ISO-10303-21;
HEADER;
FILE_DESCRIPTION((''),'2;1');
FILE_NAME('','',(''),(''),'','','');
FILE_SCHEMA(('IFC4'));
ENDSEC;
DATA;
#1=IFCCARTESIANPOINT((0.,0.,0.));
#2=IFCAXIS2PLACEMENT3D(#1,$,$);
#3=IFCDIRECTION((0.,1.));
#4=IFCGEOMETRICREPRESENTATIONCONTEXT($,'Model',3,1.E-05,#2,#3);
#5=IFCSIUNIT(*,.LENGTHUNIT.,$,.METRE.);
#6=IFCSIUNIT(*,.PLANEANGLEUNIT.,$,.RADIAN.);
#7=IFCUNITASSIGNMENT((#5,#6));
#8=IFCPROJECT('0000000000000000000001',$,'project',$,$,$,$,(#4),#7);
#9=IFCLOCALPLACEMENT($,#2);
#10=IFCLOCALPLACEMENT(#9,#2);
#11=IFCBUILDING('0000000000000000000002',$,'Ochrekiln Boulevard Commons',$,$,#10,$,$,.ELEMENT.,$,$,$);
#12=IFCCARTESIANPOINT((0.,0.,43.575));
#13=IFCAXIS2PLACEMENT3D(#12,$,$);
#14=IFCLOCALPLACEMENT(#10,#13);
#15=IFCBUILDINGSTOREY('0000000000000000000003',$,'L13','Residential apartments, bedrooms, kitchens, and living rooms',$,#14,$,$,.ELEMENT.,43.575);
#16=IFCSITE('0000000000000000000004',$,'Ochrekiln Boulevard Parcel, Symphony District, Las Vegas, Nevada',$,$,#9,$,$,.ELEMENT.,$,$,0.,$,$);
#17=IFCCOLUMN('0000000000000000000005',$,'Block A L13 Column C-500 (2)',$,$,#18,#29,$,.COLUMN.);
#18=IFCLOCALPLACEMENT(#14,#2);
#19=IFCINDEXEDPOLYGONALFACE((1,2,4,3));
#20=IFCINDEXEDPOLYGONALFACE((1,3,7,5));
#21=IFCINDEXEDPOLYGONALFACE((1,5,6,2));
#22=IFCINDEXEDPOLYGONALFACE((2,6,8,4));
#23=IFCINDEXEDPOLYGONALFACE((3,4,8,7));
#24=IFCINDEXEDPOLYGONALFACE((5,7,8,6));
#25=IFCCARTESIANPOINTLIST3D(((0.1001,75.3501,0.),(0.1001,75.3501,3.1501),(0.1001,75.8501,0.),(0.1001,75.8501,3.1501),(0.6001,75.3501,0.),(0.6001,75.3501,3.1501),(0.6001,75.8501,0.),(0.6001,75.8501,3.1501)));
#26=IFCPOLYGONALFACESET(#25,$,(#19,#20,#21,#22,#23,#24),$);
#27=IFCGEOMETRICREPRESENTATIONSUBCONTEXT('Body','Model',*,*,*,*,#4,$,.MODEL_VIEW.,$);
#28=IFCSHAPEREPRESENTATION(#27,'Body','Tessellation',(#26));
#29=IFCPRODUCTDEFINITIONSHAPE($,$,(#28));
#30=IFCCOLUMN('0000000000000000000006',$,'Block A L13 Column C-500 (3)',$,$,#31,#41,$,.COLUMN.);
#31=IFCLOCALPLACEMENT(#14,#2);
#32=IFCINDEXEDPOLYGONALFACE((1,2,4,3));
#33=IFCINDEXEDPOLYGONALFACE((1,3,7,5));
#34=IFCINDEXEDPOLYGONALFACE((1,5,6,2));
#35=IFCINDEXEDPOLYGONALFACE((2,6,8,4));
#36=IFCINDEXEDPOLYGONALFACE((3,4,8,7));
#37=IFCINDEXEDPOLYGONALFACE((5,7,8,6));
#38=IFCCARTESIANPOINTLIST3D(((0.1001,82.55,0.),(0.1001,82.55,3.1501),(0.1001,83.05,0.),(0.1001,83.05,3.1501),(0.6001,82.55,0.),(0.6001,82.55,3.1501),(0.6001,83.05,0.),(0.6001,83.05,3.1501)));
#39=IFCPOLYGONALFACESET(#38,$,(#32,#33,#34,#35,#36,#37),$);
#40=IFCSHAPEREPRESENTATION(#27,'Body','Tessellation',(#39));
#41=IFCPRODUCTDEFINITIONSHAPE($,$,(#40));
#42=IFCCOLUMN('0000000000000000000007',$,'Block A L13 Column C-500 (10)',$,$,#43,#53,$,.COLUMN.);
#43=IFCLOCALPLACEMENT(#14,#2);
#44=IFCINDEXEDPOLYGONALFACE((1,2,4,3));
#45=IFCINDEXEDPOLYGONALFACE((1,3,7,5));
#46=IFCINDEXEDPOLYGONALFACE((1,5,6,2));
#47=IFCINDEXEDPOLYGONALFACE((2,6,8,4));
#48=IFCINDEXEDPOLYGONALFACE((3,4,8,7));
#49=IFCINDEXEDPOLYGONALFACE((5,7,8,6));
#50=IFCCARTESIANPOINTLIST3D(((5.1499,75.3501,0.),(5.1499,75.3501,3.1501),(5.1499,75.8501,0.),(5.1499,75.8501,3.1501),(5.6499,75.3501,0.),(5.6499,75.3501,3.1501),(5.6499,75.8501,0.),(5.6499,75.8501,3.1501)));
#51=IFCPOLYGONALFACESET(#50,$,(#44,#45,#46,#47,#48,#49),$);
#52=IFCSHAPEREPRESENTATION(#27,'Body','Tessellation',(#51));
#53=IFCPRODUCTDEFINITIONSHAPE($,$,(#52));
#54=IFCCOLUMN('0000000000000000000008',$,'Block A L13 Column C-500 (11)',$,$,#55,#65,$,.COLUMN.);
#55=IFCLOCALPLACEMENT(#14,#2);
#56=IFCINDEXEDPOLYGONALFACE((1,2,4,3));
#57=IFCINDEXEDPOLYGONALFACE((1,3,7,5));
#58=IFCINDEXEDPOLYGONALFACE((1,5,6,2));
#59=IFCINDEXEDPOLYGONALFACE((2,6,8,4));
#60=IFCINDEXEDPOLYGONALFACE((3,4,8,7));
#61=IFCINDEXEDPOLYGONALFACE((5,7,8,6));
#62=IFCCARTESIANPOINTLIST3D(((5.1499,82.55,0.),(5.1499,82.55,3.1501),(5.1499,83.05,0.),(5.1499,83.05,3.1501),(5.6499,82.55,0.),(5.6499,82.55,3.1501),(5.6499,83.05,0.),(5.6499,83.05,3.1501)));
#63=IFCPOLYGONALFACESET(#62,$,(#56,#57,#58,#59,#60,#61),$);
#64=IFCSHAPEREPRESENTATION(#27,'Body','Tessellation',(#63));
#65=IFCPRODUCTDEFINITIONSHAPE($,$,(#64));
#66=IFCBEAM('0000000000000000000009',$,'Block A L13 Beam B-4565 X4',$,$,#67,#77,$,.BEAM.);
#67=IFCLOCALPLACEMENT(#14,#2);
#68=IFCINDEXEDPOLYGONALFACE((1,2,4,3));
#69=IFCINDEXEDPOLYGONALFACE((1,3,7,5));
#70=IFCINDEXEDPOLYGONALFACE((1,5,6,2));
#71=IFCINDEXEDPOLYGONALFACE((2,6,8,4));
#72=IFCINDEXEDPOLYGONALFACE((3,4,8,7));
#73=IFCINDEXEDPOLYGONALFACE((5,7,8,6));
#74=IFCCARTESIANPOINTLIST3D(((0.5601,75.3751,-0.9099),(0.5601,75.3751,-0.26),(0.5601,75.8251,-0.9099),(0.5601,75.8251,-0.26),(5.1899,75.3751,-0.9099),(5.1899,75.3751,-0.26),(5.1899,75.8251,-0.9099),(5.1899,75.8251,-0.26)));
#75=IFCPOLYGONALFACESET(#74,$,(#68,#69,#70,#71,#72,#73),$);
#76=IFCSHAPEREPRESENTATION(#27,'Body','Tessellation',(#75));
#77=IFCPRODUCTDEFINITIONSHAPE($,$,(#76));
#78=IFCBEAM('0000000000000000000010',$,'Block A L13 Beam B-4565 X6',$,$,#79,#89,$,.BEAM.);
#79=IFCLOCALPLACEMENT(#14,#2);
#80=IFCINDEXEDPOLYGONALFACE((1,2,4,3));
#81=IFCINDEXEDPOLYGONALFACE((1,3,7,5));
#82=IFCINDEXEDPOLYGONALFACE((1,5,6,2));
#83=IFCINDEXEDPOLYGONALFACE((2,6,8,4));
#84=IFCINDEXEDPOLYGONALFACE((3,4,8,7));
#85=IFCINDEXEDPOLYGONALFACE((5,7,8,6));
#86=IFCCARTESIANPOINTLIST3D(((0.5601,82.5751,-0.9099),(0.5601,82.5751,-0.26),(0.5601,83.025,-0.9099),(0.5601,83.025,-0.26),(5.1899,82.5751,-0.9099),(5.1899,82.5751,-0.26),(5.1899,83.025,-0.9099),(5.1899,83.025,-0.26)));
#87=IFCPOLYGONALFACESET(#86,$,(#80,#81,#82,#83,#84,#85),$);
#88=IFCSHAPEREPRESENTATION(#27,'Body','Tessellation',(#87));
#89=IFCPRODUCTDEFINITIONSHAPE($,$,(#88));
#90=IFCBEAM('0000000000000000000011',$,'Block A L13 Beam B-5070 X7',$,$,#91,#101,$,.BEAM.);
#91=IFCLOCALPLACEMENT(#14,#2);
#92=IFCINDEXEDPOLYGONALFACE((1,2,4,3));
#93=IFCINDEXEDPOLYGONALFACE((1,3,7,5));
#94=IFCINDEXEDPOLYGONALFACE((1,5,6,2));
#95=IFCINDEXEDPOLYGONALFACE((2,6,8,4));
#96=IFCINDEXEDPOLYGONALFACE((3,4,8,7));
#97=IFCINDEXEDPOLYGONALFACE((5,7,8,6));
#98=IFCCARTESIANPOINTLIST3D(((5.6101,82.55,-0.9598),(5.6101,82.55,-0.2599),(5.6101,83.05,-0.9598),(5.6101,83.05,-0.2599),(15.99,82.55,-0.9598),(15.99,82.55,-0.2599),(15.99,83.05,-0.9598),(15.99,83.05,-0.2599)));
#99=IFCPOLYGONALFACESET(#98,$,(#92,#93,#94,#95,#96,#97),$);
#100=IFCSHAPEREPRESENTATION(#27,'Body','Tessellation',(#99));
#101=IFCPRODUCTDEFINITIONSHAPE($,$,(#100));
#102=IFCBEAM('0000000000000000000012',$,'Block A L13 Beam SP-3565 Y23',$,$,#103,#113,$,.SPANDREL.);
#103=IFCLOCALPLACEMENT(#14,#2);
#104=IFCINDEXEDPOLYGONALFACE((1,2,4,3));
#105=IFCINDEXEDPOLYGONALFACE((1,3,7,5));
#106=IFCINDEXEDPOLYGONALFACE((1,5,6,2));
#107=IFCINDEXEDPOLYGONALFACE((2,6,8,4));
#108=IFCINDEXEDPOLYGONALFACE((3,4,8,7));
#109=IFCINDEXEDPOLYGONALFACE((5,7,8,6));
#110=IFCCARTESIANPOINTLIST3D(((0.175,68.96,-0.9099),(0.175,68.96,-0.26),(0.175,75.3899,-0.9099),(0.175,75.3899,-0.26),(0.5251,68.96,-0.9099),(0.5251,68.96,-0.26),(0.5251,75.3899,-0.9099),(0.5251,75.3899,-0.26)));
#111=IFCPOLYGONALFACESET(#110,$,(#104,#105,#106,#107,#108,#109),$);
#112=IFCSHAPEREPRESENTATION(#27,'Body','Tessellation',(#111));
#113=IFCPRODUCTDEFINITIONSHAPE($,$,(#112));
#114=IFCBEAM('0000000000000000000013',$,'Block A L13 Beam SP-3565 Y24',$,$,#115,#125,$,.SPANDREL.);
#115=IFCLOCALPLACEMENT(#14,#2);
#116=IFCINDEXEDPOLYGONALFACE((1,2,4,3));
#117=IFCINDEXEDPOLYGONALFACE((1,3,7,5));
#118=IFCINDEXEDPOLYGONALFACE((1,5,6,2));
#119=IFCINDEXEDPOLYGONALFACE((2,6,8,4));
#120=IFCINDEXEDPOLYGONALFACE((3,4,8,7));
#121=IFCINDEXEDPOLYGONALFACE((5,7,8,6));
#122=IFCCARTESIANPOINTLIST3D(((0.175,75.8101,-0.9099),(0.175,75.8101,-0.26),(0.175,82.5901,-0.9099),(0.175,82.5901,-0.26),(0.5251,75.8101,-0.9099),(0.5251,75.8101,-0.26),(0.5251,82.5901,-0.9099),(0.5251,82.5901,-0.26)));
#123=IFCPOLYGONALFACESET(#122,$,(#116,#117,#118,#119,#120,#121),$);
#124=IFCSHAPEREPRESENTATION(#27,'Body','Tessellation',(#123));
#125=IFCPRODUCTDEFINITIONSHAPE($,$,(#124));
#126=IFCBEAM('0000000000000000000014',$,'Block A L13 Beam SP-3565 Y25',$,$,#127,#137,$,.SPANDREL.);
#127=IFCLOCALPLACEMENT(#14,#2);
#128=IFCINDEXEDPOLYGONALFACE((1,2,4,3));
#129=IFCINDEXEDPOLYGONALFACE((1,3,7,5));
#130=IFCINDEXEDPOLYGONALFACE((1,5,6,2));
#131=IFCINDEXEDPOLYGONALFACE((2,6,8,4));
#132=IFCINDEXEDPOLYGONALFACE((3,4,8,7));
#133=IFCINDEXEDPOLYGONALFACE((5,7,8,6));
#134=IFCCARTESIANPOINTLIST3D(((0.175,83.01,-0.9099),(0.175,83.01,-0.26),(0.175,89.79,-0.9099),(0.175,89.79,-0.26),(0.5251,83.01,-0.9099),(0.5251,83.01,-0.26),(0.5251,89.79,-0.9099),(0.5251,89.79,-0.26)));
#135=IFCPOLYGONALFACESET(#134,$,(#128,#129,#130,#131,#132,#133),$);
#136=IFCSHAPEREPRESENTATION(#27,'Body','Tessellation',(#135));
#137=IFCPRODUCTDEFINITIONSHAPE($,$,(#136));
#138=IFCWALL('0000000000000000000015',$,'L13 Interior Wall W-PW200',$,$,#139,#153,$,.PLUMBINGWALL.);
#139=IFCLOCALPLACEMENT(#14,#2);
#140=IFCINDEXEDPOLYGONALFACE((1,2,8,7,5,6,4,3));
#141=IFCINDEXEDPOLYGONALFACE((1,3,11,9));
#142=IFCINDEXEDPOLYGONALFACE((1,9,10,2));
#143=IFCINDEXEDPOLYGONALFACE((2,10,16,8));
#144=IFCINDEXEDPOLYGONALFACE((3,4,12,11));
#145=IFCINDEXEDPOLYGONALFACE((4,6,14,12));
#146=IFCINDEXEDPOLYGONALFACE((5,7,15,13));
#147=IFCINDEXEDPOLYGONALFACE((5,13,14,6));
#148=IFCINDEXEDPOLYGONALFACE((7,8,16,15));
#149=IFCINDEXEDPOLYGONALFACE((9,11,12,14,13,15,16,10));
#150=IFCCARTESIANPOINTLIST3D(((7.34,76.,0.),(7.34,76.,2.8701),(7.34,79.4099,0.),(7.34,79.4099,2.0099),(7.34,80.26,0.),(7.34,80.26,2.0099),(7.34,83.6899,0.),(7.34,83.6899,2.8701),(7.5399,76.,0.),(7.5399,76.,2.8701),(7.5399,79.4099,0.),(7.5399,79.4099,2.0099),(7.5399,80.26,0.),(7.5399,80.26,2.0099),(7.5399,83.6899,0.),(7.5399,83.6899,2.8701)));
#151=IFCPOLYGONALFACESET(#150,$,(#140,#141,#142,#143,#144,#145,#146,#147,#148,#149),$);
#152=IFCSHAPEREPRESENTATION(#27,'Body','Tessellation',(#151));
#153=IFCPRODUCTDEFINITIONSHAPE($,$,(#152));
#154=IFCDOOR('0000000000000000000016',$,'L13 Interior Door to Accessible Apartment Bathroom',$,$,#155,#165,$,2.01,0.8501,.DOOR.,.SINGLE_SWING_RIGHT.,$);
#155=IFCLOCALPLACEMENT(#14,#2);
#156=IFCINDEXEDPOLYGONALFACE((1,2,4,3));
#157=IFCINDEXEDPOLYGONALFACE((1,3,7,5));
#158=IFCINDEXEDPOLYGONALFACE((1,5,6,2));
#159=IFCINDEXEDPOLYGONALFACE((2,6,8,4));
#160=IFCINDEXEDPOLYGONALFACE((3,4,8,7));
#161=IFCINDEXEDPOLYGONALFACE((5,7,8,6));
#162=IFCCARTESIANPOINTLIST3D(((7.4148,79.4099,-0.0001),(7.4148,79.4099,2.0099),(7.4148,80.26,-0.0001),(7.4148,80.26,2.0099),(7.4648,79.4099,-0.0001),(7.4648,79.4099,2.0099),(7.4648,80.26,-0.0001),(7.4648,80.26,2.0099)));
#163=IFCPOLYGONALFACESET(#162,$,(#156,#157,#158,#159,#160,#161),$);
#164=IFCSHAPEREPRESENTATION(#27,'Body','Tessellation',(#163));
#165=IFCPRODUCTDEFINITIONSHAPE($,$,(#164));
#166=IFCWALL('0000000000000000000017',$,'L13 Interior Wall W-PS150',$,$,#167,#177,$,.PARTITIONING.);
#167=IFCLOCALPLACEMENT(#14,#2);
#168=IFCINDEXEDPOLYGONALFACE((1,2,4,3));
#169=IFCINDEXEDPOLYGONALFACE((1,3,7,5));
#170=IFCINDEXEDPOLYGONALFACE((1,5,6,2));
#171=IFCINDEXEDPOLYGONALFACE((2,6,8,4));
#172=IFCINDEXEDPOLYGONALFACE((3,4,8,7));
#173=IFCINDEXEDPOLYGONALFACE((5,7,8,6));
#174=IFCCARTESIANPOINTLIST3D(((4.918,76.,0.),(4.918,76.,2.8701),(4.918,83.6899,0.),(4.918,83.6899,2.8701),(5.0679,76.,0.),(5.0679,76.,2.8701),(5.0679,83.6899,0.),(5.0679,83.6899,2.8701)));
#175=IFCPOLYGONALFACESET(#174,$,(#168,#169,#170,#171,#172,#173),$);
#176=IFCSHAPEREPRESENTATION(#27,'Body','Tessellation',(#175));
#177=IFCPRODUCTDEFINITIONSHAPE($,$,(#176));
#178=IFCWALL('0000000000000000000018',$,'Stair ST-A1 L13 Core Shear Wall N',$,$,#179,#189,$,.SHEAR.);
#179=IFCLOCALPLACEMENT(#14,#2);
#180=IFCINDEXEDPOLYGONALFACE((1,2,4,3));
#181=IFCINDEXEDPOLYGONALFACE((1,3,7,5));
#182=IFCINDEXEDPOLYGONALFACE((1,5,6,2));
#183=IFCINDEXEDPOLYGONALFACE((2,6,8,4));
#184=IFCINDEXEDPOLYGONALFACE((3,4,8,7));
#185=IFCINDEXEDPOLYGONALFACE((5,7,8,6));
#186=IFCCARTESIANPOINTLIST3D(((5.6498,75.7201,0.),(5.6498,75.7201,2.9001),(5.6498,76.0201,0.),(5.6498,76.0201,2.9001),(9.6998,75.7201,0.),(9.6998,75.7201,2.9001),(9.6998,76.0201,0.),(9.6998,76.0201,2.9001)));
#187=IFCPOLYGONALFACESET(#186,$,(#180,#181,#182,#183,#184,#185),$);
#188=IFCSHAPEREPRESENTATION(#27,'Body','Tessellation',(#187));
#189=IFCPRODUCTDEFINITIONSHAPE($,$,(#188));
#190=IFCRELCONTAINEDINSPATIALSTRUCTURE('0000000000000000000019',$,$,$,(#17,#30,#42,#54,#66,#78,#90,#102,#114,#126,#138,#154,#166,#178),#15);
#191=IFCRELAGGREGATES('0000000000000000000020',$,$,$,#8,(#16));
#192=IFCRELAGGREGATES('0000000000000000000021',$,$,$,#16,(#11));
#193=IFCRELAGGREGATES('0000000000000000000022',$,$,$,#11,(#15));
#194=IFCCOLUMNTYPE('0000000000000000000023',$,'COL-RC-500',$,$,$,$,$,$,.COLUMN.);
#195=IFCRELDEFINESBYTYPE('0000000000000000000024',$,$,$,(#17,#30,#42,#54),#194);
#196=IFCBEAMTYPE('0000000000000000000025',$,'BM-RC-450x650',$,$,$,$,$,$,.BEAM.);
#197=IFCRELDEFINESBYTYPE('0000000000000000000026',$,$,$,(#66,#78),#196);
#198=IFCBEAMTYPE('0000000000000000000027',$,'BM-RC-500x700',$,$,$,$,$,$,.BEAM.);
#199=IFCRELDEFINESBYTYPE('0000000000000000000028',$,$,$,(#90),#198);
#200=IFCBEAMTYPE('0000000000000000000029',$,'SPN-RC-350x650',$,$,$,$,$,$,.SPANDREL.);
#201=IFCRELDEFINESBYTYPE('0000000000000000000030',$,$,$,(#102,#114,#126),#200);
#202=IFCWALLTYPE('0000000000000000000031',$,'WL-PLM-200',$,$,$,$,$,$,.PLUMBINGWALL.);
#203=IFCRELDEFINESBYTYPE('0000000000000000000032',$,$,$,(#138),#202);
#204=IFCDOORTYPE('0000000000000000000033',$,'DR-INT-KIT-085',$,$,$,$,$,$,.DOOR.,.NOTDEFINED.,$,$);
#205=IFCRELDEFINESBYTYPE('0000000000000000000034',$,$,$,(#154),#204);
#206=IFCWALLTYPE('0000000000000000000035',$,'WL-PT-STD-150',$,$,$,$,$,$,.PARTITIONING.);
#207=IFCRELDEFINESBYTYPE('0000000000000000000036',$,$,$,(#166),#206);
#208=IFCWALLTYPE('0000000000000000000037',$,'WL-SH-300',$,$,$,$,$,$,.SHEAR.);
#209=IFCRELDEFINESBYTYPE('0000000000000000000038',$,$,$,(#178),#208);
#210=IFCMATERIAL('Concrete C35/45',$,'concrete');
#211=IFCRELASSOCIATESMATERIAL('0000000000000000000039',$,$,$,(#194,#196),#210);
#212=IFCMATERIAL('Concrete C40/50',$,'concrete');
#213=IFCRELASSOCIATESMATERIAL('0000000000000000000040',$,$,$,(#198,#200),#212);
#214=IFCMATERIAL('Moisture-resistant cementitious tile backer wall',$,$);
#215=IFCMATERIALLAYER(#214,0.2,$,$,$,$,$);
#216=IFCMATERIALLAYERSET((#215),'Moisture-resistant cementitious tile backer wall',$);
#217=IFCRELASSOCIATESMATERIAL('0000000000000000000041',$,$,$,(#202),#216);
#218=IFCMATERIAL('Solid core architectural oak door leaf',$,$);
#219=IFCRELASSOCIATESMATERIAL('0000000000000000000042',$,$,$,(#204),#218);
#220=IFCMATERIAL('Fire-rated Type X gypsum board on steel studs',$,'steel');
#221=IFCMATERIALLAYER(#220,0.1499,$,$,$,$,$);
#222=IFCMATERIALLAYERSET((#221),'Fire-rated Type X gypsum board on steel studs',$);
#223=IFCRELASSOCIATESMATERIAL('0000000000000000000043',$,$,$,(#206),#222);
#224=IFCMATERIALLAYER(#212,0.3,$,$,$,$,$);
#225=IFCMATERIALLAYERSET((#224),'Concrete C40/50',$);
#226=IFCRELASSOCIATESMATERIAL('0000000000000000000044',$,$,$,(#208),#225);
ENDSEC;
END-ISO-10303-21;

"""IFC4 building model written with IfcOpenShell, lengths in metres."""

from ifc_helpers import new_model, si_unit, direction, frame, frame_2d, origin, origin_2d, place, context, subcontext, project, spatial, rectangle, extrude, material, layer, layer_set, material_profile, profile_set, type_object, element, fill, save


model = new_model("IFC4")

# Units and contexts
model_context = context("Model", 3, precision=1e-05, world=origin(), true_north=direction((0.0, 1.0)))
body_context = subcontext(model_context, "Body", "Model", "MODEL_VIEW")
ifc_project = project(units=[si_unit("LENGTHUNIT", "METRE"), si_unit("PLANEANGLEUNIT", "RADIAN")], contexts=[model_context])

# Site, building, storey
site_placement = place(None, origin())
site = spatial("IfcSite", under=ifc_project, at=site_placement, Name="Ochrekiln Boulevard Parcel, Symphony District, Las Vegas, Nevada", CompositionType="ELEMENT", RefElevation=0.0)
building_placement = place(site_placement, origin())
building = spatial("IfcBuilding", under=site, at=building_placement, Name="Ochrekiln Boulevard Commons", CompositionType="ELEMENT")
storey_placement = place(building_placement, frame((0.0, 0.0, 43.575)))
storey = spatial("IfcBuildingStorey", under=building, at=storey_placement, Name="L13", Description="Residential apartments, bedrooms, kitchens, and living rooms", CompositionType="ELEMENT", Elevation=43.575)

# Columns
ifc_material_1 = material(Name="Concrete C35/45", Category="concrete")
ifc_material_profile_1 = material_profile(ifc_material_1, rectangle(XDim=0.5, YDim=0.5, at=origin_2d()), Name="RC-COL-500x500")
ifc_profile_set_1 = profile_set([ifc_material_profile_1], Name="Concrete C35/45")
column_type = type_object("IfcColumnType", Name="COL-RC-500", PredefinedType="COLUMN", material=ifc_profile_set_1)
for number, where, z_axis, x_axis, name in (
    (1, (0.3501, 75.6001, 0.0), (0.0, 0.0, 1.0), (1.0, 0.0, 0.0), "Block A L13 Column C-500 (2)"),
    (2, (0.3501, 82.8, 0.0), (0.0, 0.0, 1.0), (1.0, 0.0, 0.0), "Block A L13 Column C-500 (3)"),
    (3, (5.3999, 75.6001, 0.0), (0.0, 0.0, 1.0), (1.0, 0.0, 0.0), "Block A L13 Column C-500 (10)"),
    (4, (5.3999, 82.8, 0.0), (0.0, 0.0, 1.0), (1.0, 0.0, 0.0), "Block A L13 Column C-500 (11)"),
):
    element("IfcColumn", number, at=place(storey_placement, frame(where, z_axis=z_axis, x_axis=x_axis)), inside=storey, type_object=column_type, Name=name, PredefinedType="COLUMN", context=body_context, shape_type="SweptSolid", body=[
        extrude(rectangle(XDim=0.5, YDim=0.5, at=origin_2d()), origin(), (0.0, 0.0, 1.0), 3.1501),
    ])

# Beams
ifc_material_profile_2 = material_profile(ifc_material_1, rectangle(XDim=0.45, YDim=0.6499, at=origin_2d()), Name="RC-BM-450x650")
ifc_profile_set_2 = profile_set([ifc_material_profile_2], Name="Concrete C35/45")
beam_type_1 = type_object("IfcBeamType", Name="BM-RC-450x650", PredefinedType="BEAM", material=ifc_profile_set_2)
for number, where, z_axis, x_axis, name in (
    (5, (0.5601, 75.6001, -0.585), (1.0, 0.0, 0.0), (0.0, 1.0, 0.0), "Block A L13 Beam B-4565 X4"),
    (6, (0.5601, 82.8, -0.585), (1.0, 0.0, 0.0), (0.0, 1.0, 0.0), "Block A L13 Beam B-4565 X6"),
):
    element("IfcBeam", number, at=place(storey_placement, frame(where, z_axis=z_axis, x_axis=x_axis)), inside=storey, type_object=beam_type_1, Name=name, PredefinedType="BEAM", context=body_context, shape_type="SweptSolid", body=[
        extrude(rectangle(XDim=0.45, YDim=0.6499, at=origin_2d()), origin(), (0.0, 0.0, 1.0), 4.6299),
    ])
ifc_material_2 = material(Name="Concrete C40/50", Category="concrete")
ifc_material_profile_3 = material_profile(ifc_material_2, rectangle(XDim=0.5, YDim=0.7, at=origin_2d()), Name="RC-BM-500x700")
ifc_profile_set_3 = profile_set([ifc_material_profile_3], Name="Concrete C40/50")
beam_type_2 = type_object("IfcBeamType", Name="BM-RC-500x700", PredefinedType="BEAM", material=ifc_profile_set_3)
beam_1_placement = place(storey_placement, frame((5.6101, 82.8, -0.6099), z_axis=(1.0, 0.0, 0.0), x_axis=(0.0, 1.0, 0.0)))
element("IfcBeam", 7, at=beam_1_placement, inside=storey, type_object=beam_type_2, Name="Block A L13 Beam B-5070 X7", PredefinedType="BEAM", context=body_context, shape_type="SweptSolid", body=[
    extrude(rectangle(XDim=0.5, YDim=0.7, at=origin_2d()), origin(), (0.0, 0.0, 1.0), 10.3799),
])
ifc_material_profile_4 = material_profile(ifc_material_2, rectangle(XDim=0.3501, YDim=0.6499, at=origin_2d()), Name="RC-SPN-350x650")
ifc_profile_set_4 = profile_set([ifc_material_profile_4], Name="Concrete C40/50")
beam_type_3 = type_object("IfcBeamType", Name="SPN-RC-350x650", PredefinedType="SPANDREL", material=ifc_profile_set_4)
beam_2_placement = place(storey_placement, frame((0.3501, 68.96, -0.585), z_axis=(0.0, 1.0, 0.0), x_axis=(-1.0, 0.0, 0.0)))
element("IfcBeam", 8, at=beam_2_placement, inside=storey, type_object=beam_type_3, Name="Block A L13 Beam SP-3565 Y23", PredefinedType="SPANDREL", context=body_context, shape_type="SweptSolid", body=[
    extrude(rectangle(XDim=0.3501, YDim=0.6499, at=origin_2d()), origin(), (0.0, 0.0, 1.0), 6.4299),
])
for number, where, z_axis, x_axis, name in (
    (9, (0.3501, 75.8101, -0.585), (0.0, 1.0, 0.0), (-1.0, 0.0, 0.0), "Block A L13 Beam SP-3565 Y24"),
    (10, (0.3501, 83.01, -0.585), (0.0, 1.0, 0.0), (-1.0, 0.0, 0.0), "Block A L13 Beam SP-3565 Y25"),
):
    element("IfcBeam", number, at=place(storey_placement, frame(where, z_axis=z_axis, x_axis=x_axis)), inside=storey, type_object=beam_type_3, Name=name, PredefinedType="SPANDREL", context=body_context, shape_type="SweptSolid", body=[
        extrude(rectangle(XDim=0.3501, YDim=0.6499, at=origin_2d()), origin(), (0.0, 0.0, 1.0), 6.78),
    ])

# Wall, opening, door
ifc_material_3 = material(Name="Moisture-resistant cementitious tile backer wall")
ifc_layer_1 = layer(ifc_material_3, 0.2)
ifc_layer_set_1 = layer_set([ifc_layer_1], Name="Moisture-resistant cementitious tile backer wall")
wall_type_1 = type_object("IfcWallType", Name="WL-PLM-200", PredefinedType="PLUMBINGWALL", material=ifc_layer_set_1)
wall_1_placement = place(storey_placement, frame((7.4399, 76.0, 0.0), z_axis=(0.0, 0.0, 1.0), x_axis=(0.0, 1.0, 0.0)))
wall_1 = element("IfcWall", 11, at=wall_1_placement, inside=storey, type_object=wall_type_1, Name="L13 Interior Wall W-PW200", PredefinedType="PLUMBINGWALL", context=body_context, shape_type="SweptSolid", body=[
    extrude(rectangle(XDim=7.6899, YDim=0.2, at=frame_2d((3.845, 0.0))), origin(), (0.0, 0.0, 1.0), 2.8701),
])
opening_placement = place(wall_1_placement, frame((3.4099, 0.0, 0.0)))
opening = element("IfcOpeningElement", 12, at=opening_placement, cuts=wall_1, PredefinedType="OPENING", context=body_context, shape_type="SweptSolid", body=[
    extrude(rectangle(XDim=0.8501, YDim=2.01, at=frame_2d((0.425, 1.0049))), frame((0.0, 0.1099, 0.0), z_axis=(0.0, -1.0, 0.0), x_axis=(1.0, 0.0, 0.0)), (0.0, 0.0, 1.0), 0.22),
])
ifc_material_4 = material(Name="Solid core architectural oak door leaf")
door_type = type_object("IfcDoorType", Name="DR-INT-KIT-085", OperationType="NOTDEFINED", PredefinedType="DOOR", material=ifc_material_4)
door_placement = place(opening_placement, frame((0.8501, 0.0, 0.0), z_axis=(0.0, 0.0, 1.0), x_axis=(-1.0, 0.0, 0.0)))
door = element("IfcDoor", 13, at=door_placement, inside=storey, type_object=door_type, Name="L13 Interior Door to Accessible Apartment Bathroom", OperationType="SINGLE_SWING_RIGHT", OverallHeight=2.01, OverallWidth=0.8501, PredefinedType="DOOR", context=body_context, shape_type="SweptSolid", body=[
    extrude(rectangle(XDim=0.8501, YDim=2.01, at=frame_2d((0.425, 1.0049))), frame((0.0, 0.0249, 0.0), z_axis=(0.0, -1.0, 0.0), x_axis=(1.0, 0.0, 0.0)), (0.0, 0.0, 1.0), 0.05),
])
fill(opening, door)

# Walls
ifc_material_5 = material(Name="Fire-rated Type X gypsum board on steel studs", Category="steel")
ifc_layer_2 = layer(ifc_material_5, 0.1499)
ifc_layer_set_2 = layer_set([ifc_layer_2], Name="Fire-rated Type X gypsum board on steel studs")
wall_type_2 = type_object("IfcWallType", Name="WL-PT-STD-150", PredefinedType="PARTITIONING", material=ifc_layer_set_2)
wall_2_placement = place(storey_placement, frame((4.9929, 76.0, 0.0), z_axis=(0.0, 0.0, 1.0), x_axis=(0.0, 1.0, 0.0)))
element("IfcWall", 14, at=wall_2_placement, inside=storey, type_object=wall_type_2, Name="L13 Interior Wall W-PS150", PredefinedType="PARTITIONING", context=body_context, shape_type="SweptSolid", body=[
    extrude(rectangle(XDim=7.6899, YDim=0.1499, at=frame_2d((3.845, 0.0))), origin(), (0.0, 0.0, 1.0), 2.8701),
])
ifc_layer_3 = layer(ifc_material_2, 0.3)
ifc_layer_set_3 = layer_set([ifc_layer_3], Name="Concrete C40/50")
wall_type_3 = type_object("IfcWallType", Name="WL-SH-300", PredefinedType="SHEAR", material=ifc_layer_set_3)
wall_3_placement = place(storey_placement, frame((5.6499, 75.8701, 0.0), z_axis=(0.0, 0.0, 1.0), x_axis=(1.0, 0.0, 0.0)))
element("IfcWall", 15, at=wall_3_placement, inside=storey, type_object=wall_type_3, Name="Stair ST-A1 L13 Core Shear Wall N", PredefinedType="SHEAR", context=body_context, shape_type="SweptSolid", body=[
    extrude(rectangle(XDim=4.05, YDim=0.3, at=frame_2d((2.0249, 0.0))), origin(), (0.0, 0.0, 1.0), 2.9001),
])

save(model, "model.ifc")
